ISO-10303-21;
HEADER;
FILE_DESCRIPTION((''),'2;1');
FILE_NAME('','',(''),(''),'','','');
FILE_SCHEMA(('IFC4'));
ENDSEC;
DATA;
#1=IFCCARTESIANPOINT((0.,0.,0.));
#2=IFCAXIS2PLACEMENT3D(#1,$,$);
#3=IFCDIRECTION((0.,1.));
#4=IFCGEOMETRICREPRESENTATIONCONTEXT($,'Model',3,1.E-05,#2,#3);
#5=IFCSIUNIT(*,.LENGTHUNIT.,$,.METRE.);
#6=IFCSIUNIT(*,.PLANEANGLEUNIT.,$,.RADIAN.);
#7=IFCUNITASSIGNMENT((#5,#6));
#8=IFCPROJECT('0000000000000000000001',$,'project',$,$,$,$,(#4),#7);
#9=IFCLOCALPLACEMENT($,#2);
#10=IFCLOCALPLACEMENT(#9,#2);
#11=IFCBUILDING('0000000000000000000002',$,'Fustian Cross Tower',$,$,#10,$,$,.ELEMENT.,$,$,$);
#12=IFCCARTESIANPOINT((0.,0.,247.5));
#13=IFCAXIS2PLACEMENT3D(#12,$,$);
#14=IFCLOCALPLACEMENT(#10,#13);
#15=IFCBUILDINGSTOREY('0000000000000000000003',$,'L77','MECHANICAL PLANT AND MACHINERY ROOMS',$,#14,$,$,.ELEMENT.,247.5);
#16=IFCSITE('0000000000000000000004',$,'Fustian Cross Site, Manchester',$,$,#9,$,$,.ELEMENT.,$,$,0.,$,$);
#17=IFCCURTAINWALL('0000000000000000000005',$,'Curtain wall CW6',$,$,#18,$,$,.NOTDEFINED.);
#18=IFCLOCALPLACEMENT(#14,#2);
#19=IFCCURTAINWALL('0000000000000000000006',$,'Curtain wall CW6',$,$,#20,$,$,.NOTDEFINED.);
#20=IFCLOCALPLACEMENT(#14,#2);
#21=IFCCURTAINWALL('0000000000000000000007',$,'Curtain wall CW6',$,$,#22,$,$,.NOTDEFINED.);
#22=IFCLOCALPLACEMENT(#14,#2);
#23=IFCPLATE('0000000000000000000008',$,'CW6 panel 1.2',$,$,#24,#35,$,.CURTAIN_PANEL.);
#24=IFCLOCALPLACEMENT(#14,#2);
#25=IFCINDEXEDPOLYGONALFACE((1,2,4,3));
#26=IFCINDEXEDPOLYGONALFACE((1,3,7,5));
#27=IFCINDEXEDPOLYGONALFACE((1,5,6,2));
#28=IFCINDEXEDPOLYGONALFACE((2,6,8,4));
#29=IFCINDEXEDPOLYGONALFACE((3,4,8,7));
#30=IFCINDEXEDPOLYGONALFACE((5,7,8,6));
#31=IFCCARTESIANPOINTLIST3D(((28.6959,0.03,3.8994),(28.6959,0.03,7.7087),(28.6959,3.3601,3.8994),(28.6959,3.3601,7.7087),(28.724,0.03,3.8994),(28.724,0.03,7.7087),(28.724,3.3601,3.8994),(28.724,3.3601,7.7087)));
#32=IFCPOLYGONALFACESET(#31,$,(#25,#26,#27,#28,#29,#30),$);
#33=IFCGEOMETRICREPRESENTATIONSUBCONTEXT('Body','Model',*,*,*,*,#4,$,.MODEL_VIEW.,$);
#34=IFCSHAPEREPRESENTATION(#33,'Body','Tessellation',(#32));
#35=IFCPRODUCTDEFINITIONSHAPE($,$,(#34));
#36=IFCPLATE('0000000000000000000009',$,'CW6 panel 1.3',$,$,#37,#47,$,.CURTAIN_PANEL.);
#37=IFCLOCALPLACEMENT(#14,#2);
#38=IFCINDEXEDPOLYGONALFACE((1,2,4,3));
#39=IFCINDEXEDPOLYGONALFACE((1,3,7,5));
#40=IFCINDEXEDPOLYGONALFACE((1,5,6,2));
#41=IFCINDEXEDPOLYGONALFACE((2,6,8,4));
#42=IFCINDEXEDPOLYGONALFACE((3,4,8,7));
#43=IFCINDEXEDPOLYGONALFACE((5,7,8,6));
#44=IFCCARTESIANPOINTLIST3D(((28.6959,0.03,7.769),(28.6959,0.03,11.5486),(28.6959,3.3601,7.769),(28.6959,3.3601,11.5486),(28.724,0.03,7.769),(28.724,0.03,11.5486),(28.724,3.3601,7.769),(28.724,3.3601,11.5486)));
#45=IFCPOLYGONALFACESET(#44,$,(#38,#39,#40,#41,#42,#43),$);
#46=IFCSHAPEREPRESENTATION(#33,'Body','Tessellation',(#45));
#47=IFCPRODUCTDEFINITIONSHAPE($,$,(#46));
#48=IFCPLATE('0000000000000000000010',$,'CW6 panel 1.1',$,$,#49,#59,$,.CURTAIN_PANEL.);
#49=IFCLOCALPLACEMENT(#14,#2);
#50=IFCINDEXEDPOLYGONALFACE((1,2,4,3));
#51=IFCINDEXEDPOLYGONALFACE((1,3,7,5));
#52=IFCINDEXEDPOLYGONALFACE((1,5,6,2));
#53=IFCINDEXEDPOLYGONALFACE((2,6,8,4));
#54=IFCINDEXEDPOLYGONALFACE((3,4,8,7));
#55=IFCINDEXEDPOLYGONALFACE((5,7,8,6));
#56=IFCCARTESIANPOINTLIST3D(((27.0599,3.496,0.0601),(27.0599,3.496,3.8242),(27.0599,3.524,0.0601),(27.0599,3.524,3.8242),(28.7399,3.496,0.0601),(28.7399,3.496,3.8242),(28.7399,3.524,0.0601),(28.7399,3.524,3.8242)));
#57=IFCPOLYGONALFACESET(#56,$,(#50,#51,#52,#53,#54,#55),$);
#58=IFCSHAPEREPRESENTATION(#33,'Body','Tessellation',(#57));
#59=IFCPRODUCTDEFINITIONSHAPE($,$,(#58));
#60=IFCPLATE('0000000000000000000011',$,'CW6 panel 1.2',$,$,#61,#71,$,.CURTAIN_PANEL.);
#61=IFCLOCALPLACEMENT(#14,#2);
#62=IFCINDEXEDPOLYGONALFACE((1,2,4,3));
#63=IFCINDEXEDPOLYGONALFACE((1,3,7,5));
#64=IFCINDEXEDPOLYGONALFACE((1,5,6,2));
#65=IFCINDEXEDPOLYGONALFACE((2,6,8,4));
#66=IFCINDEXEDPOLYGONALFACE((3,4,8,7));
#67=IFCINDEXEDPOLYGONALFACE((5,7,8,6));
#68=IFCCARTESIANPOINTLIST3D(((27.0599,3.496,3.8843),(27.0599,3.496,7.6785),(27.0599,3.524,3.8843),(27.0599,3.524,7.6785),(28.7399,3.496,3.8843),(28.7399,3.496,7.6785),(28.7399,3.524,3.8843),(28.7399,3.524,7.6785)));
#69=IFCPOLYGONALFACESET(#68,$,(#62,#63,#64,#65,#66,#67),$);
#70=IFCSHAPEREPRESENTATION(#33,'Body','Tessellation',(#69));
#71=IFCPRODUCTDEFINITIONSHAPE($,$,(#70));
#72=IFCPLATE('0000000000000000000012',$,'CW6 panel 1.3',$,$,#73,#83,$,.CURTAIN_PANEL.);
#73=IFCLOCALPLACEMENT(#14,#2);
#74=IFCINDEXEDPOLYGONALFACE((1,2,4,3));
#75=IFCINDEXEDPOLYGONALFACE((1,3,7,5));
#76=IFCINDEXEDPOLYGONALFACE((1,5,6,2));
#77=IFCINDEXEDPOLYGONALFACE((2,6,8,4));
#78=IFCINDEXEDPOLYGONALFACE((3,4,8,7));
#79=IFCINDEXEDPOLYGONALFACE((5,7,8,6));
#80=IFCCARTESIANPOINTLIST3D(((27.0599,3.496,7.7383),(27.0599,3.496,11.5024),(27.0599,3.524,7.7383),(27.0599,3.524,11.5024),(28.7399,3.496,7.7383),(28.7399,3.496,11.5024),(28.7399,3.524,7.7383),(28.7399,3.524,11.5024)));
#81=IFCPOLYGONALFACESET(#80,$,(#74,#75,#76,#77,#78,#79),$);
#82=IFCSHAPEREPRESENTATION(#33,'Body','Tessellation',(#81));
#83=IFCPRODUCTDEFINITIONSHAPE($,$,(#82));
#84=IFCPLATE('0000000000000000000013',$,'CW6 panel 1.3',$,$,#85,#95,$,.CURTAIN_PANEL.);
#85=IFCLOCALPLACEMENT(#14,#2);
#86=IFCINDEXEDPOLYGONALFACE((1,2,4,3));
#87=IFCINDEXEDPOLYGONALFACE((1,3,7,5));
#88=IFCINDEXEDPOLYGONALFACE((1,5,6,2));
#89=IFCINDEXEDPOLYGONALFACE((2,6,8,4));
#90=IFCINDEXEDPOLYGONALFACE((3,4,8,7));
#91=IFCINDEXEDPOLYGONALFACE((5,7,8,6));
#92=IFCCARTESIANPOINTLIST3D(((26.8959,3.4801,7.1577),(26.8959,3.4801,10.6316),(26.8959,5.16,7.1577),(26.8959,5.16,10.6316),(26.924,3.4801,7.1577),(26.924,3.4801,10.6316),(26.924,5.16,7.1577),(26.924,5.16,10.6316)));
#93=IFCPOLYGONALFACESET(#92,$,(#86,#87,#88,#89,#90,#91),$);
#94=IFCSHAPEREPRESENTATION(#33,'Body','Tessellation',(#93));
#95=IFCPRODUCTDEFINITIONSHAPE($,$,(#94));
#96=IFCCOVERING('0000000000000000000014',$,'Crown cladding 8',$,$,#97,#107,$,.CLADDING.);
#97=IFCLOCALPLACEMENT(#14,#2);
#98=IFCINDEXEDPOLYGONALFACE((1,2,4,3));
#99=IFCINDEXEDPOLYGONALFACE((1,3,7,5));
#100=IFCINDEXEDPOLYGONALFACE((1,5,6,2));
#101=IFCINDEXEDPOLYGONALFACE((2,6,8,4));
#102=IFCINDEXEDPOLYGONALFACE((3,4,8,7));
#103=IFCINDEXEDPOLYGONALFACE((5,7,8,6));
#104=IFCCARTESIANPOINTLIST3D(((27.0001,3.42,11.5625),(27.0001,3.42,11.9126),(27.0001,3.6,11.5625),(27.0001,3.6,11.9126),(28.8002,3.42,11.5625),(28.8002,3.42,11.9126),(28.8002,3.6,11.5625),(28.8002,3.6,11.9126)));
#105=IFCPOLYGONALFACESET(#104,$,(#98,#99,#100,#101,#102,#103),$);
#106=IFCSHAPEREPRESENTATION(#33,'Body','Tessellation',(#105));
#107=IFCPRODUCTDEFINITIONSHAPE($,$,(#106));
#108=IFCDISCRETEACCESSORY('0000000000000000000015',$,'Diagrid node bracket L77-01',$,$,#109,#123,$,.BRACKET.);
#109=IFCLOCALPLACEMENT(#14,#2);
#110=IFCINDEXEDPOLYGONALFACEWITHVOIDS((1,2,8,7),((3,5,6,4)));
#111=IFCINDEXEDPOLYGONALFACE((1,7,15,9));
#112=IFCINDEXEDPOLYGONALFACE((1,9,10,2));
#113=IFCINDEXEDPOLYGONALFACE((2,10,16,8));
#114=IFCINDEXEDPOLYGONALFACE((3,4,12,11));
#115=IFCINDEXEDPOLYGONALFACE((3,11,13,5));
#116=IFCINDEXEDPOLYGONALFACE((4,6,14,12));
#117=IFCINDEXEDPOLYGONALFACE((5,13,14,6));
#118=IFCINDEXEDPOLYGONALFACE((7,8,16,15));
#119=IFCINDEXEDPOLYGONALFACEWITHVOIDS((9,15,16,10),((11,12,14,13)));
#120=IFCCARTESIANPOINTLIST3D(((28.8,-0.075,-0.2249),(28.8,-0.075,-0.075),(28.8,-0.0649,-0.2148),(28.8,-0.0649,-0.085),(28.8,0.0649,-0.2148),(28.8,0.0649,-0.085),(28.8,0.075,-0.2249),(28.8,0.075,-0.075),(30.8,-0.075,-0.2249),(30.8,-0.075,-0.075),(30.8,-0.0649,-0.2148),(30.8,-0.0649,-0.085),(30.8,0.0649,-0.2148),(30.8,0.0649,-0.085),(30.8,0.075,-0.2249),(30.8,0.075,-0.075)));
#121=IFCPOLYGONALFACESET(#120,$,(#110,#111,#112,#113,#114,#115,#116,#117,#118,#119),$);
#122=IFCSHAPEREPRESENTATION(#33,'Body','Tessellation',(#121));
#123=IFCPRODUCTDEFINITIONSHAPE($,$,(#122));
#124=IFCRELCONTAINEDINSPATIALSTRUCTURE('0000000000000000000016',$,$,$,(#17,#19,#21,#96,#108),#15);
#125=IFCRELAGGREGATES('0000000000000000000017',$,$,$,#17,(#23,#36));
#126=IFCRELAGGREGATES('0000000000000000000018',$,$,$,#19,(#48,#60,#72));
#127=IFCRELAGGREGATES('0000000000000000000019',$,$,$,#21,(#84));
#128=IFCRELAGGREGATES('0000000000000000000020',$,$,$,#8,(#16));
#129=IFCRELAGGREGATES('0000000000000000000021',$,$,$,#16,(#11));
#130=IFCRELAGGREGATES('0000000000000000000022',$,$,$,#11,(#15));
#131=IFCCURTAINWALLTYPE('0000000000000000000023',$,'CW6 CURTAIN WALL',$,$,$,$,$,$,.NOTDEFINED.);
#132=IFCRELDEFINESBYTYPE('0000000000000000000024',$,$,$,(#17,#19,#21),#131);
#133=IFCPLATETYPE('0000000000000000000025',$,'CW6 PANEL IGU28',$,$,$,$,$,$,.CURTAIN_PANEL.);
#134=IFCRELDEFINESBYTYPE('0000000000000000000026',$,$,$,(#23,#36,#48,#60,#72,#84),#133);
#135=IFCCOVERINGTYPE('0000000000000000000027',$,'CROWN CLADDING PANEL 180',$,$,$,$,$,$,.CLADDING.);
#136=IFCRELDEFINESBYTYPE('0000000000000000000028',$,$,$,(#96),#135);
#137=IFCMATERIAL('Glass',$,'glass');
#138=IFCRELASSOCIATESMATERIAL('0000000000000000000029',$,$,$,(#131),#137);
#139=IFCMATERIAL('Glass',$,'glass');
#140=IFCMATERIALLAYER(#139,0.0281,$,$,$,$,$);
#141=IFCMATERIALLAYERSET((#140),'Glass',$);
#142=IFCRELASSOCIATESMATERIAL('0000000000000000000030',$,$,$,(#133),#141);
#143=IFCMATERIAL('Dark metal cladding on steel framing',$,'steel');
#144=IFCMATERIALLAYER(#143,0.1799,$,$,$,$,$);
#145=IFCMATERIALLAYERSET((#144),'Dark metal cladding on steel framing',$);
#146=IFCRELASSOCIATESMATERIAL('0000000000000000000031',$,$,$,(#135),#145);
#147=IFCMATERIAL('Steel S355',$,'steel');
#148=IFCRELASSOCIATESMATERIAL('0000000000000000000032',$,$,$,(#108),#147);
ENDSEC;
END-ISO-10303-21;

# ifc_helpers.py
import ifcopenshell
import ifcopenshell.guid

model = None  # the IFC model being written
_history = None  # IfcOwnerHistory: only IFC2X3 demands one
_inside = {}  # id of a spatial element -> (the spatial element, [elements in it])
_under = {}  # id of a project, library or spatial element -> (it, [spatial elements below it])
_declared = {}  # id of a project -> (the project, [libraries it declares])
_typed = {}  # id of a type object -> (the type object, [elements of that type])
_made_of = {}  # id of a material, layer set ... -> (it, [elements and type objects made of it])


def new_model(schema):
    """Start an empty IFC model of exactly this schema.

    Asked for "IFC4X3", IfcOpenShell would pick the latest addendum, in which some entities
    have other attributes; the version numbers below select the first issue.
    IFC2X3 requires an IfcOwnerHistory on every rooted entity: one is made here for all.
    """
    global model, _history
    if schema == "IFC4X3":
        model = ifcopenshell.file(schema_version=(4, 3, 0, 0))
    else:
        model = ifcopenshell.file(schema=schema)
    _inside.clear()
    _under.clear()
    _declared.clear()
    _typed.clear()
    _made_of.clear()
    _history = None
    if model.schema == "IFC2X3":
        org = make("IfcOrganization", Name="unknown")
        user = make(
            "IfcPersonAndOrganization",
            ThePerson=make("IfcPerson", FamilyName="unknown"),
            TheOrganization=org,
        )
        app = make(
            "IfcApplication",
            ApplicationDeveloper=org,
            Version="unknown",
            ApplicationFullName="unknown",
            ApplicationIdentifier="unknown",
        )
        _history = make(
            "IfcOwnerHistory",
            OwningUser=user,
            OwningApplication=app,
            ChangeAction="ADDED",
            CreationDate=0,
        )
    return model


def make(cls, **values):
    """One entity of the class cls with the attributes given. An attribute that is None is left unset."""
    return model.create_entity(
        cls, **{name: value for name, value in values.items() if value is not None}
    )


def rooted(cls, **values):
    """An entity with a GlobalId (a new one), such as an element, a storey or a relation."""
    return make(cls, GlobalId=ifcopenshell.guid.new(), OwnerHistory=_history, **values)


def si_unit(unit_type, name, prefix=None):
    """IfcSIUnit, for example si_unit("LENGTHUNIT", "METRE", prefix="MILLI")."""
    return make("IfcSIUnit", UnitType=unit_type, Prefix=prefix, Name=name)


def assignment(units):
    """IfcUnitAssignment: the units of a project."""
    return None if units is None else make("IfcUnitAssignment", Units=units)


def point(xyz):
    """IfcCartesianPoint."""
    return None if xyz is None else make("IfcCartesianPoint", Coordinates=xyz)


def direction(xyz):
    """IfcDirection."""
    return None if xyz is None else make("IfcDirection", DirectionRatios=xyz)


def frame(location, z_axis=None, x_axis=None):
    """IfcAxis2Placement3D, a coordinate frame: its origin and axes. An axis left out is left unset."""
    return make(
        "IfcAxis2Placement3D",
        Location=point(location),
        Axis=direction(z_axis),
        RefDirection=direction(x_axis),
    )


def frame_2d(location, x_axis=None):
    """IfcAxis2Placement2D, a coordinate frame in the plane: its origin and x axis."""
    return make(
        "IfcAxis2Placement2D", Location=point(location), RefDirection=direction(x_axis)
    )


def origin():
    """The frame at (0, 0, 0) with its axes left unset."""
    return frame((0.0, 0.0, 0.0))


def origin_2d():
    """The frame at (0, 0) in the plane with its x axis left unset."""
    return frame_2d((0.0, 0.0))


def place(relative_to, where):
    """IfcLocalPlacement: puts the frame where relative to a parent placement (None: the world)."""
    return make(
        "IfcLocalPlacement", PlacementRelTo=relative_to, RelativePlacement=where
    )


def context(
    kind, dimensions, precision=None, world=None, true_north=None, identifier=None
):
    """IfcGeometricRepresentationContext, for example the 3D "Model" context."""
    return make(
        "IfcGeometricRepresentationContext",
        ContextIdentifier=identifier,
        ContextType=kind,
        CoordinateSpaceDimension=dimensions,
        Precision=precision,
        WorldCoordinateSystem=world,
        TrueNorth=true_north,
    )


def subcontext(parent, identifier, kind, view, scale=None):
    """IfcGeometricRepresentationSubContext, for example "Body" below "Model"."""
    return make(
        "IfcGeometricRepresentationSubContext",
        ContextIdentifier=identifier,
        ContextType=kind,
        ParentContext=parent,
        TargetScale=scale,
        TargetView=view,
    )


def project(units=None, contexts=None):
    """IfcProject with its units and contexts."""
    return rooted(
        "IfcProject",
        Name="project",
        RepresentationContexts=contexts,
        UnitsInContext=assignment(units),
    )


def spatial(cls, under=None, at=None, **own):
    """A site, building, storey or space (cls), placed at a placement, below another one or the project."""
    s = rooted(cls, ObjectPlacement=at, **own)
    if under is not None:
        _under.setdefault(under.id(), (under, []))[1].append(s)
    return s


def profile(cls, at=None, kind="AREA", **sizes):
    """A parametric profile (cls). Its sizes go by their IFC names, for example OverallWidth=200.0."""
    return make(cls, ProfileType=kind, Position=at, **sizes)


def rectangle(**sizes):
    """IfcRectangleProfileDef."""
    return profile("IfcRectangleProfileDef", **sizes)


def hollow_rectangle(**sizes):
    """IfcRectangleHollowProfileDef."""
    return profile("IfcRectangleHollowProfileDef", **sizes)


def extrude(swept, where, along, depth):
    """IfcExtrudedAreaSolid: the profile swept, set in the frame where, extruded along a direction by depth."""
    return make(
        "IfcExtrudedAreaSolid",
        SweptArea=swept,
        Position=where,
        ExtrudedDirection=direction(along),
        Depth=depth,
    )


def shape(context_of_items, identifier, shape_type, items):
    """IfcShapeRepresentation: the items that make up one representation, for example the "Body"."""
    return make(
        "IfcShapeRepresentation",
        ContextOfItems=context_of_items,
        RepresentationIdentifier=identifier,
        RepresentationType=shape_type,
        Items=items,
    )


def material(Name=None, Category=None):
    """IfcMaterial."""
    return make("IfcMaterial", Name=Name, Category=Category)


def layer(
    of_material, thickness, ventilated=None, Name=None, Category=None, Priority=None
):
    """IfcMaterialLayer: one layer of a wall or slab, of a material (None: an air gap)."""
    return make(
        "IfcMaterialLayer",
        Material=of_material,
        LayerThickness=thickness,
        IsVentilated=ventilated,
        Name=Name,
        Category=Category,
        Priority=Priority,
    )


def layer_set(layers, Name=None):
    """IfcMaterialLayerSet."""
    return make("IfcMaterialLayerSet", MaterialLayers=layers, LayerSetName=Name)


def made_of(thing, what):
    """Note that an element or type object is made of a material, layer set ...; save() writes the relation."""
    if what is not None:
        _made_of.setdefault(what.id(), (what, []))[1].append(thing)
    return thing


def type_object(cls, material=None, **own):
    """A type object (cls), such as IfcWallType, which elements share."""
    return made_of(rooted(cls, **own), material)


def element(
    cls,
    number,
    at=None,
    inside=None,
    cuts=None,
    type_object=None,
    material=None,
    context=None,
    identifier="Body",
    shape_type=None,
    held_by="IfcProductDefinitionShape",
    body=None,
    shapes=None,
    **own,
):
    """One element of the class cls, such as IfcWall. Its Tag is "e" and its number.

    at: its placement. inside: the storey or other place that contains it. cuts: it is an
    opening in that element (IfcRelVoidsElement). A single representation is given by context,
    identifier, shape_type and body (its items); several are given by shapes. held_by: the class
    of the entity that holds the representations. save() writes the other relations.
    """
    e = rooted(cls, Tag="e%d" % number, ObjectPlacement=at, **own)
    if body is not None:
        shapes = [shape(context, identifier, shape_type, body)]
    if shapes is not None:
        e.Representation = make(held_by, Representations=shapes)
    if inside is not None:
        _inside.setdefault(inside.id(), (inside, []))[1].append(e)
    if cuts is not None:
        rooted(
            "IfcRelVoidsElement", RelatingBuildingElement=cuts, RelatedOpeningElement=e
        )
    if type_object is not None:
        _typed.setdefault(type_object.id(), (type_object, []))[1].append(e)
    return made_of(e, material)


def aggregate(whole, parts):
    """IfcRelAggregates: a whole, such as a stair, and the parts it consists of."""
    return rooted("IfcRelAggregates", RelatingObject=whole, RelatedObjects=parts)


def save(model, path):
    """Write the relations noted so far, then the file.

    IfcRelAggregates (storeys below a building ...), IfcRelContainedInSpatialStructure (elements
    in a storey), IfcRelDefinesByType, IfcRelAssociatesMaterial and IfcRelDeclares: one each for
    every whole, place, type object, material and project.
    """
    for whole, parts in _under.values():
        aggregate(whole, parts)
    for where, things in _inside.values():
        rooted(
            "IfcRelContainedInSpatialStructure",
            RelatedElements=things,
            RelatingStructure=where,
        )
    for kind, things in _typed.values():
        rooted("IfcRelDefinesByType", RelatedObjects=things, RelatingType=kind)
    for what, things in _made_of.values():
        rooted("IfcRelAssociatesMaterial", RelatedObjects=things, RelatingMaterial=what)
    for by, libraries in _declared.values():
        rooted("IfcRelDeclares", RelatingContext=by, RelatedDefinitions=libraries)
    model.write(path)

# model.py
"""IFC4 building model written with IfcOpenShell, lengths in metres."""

from ifc_helpers import new_model, si_unit, direction, frame, frame_2d, origin, origin_2d, place, context, subcontext, project, spatial, rectangle, hollow_rectangle, extrude, material, layer, layer_set, type_object, element, aggregate, save


model = new_model("IFC4")

# Units and contexts
model_context = context("Model", 3, precision=1e-05, world=origin(), true_north=direction((0.0, 1.0)))
body_context = subcontext(model_context, "Body", "Model", "MODEL_VIEW")
ifc_project = project(units=[si_unit("LENGTHUNIT", "METRE"), si_unit("PLANEANGLEUNIT", "RADIAN")], contexts=[model_context])

# Site, building, storey
site_placement = place(None, origin())
site = spatial("IfcSite", under=ifc_project, at=site_placement, Name="Fustian Cross Site, Manchester", CompositionType="ELEMENT", RefElevation=0.0)
building_placement = place(site_placement, origin())
building = spatial("IfcBuilding", under=site, at=building_placement, Name="Fustian Cross Tower", CompositionType="ELEMENT")
storey_placement = place(building_placement, frame((0.0, 0.0, 247.5)))
storey = spatial("IfcBuildingStorey", under=building, at=storey_placement, Name="L77", Description="MECHANICAL PLANT AND MACHINERY ROOMS", CompositionType="ELEMENT", Elevation=247.5)

# Curtain wall
ifc_material_1 = material(Name="Glass", Category="glass")
curtain_wall_type = type_object("IfcCurtainWallType", Name="CW6 CURTAIN WALL", PredefinedType="NOTDEFINED", material=ifc_material_1)
curtain_wall_1_placement = place(storey_placement, origin())
curtain_wall_1 = element("IfcCurtainWall", 1, at=curtain_wall_1_placement, inside=storey, type_object=curtain_wall_type, Name="Curtain wall CW6", PredefinedType="NOTDEFINED")

# Curtain wall
curtain_wall_2_placement = place(storey_placement, origin())
curtain_wall_2 = element("IfcCurtainWall", 2, at=curtain_wall_2_placement, inside=storey, type_object=curtain_wall_type, Name="Curtain wall CW6", PredefinedType="NOTDEFINED")

# Curtain wall
curtain_wall_3_placement = place(storey_placement, origin())
curtain_wall_3 = element("IfcCurtainWall", 3, at=curtain_wall_3_placement, inside=storey, type_object=curtain_wall_type, Name="Curtain wall CW6", PredefinedType="NOTDEFINED")

# Plates
ifc_material_2 = material(Name="Glass", Category="glass")
ifc_layer_1 = layer(ifc_material_2, 0.0281)
ifc_layer_set_1 = layer_set([ifc_layer_1], Name="Glass")
plate_type = type_object("IfcPlateType", Name="CW6 PANEL IGU28", PredefinedType="CURTAIN_PANEL", material=ifc_layer_set_1)
plate_1_placement = place(storey_placement, frame((28.71, 1.6951, 3.8994), z_axis=(0.0, 0.0, 1.0), x_axis=(0.0, 1.0, 0.0)))
plate_1 = element("IfcPlate", 4, at=plate_1_placement, type_object=plate_type, Name="CW6 panel 1.2", PredefinedType="CURTAIN_PANEL", context=body_context, shape_type="SweptSolid", body=[
    extrude(rectangle(XDim=3.3301, YDim=0.0281, at=origin_2d()), origin(), (0.0, 0.0, 1.0), 3.8093),
])
plate_2_placement = place(storey_placement, frame((28.71, 1.6951, 7.769), z_axis=(0.0, 0.0, 1.0), x_axis=(0.0, 1.0, 0.0)))
plate_2 = element("IfcPlate", 5, at=plate_2_placement, type_object=plate_type, Name="CW6 panel 1.3", PredefinedType="CURTAIN_PANEL", context=body_context, shape_type="SweptSolid", body=[
    extrude(rectangle(XDim=3.3301, YDim=0.0281, at=origin_2d()), origin(), (0.0, 0.0, 1.0), 3.7795),
])
aggregate(curtain_wall_1, [plate_1, plate_2])
plate_3_placement = place(storey_placement, frame((27.8999, 3.51, 0.0601), z_axis=(0.0, 0.0, 1.0), x_axis=(-1.0, 0.0, 0.0)))
plate_3 = element("IfcPlate", 6, at=plate_3_placement, type_object=plate_type, Name="CW6 panel 1.1", PredefinedType="CURTAIN_PANEL", context=body_context, shape_type="SweptSolid", body=[
    extrude(rectangle(XDim=1.6799, YDim=0.0281, at=origin_2d()), origin(), (0.0, 0.0, 1.0), 3.7642),
])
plate_4_placement = place(storey_placement, frame((27.8999, 3.51, 3.8843), z_axis=(0.0, 0.0, 1.0), x_axis=(-1.0, 0.0, 0.0)))
plate_4 = element("IfcPlate", 7, at=plate_4_placement, type_object=plate_type, Name="CW6 panel 1.2", PredefinedType="CURTAIN_PANEL", context=body_context, shape_type="SweptSolid", body=[
    extrude(rectangle(XDim=1.6799, YDim=0.0281, at=origin_2d()), origin(), (0.0, 0.0, 1.0), 3.7942),
])
plate_5_placement = place(storey_placement, frame((27.8999, 3.51, 7.7383), z_axis=(0.0, 0.0, 1.0), x_axis=(-1.0, 0.0, 0.0)))
plate_5 = element("IfcPlate", 8, at=plate_5_placement, type_object=plate_type, Name="CW6 panel 1.3", PredefinedType="CURTAIN_PANEL", context=body_context, shape_type="SweptSolid", body=[
    extrude(rectangle(XDim=1.6799, YDim=0.0281, at=origin_2d()), origin(), (0.0, 0.0, 1.0), 3.7642),
])
aggregate(curtain_wall_2, [plate_3, plate_4, plate_5])
plate_6_placement = place(storey_placement, frame((26.9099, 4.3201, 7.1577), z_axis=(0.0, 0.0, 1.0), x_axis=(0.0, 1.0, 0.0)))
plate_6 = element("IfcPlate", 9, at=plate_6_placement, type_object=plate_type, Name="CW6 panel 1.3", PredefinedType="CURTAIN_PANEL", context=body_context, shape_type="SweptSolid", body=[
    extrude(rectangle(XDim=1.6799, YDim=0.0281, at=origin_2d()), origin(), (0.0, 0.0, 1.0), 3.4739),
])
aggregate(curtain_wall_3, [plate_6])

# Covering
ifc_material_3 = material(Name="Dark metal cladding on steel framing", Category="steel")
ifc_layer_2 = layer(ifc_material_3, 0.1799)
ifc_layer_set_2 = layer_set([ifc_layer_2], Name="Dark metal cladding on steel framing")
covering_type = type_object("IfcCoveringType", Name="CROWN CLADDING PANEL 180", PredefinedType="CLADDING", material=ifc_layer_set_2)
covering_placement = place(storey_placement, frame((28.8, 3.51, 11.5625), z_axis=(0.0, 0.0, 1.0), x_axis=(-1.0, 0.0, 0.0)))
element("IfcCovering", 10, at=covering_placement, inside=storey, type_object=covering_type, Name="Crown cladding 8", PredefinedType="CLADDING", context=body_context, shape_type="SweptSolid", body=[
    extrude(rectangle(XDim=1.8, YDim=0.1799, at=frame_2d((0.8999, 0.0))), origin(), (0.0, 0.0, 1.0), 0.3501),
])

# Discrete accessory
ifc_material_4 = material(Name="Steel S355", Category="steel")
discrete_accessory_placement = place(storey_placement, frame((30.8, 0.0, -0.1499), z_axis=(-1.0, 0.0, 0.0), x_axis=(0.0, -1.0, 0.0)))
element("IfcDiscreteAccessory", 11, at=discrete_accessory_placement, inside=storey, material=ifc_material_4, Name="Diagrid node bracket L77-01", PredefinedType="BRACKET", context=body_context, shape_type="SweptSolid", body=[
    extrude(hollow_rectangle(XDim=0.1499, YDim=0.1499, WallThickness=0.01, at=origin_2d()), origin(), (0.0, 0.0, 1.0), 2.0),
])

save(model, "model.ifc")
